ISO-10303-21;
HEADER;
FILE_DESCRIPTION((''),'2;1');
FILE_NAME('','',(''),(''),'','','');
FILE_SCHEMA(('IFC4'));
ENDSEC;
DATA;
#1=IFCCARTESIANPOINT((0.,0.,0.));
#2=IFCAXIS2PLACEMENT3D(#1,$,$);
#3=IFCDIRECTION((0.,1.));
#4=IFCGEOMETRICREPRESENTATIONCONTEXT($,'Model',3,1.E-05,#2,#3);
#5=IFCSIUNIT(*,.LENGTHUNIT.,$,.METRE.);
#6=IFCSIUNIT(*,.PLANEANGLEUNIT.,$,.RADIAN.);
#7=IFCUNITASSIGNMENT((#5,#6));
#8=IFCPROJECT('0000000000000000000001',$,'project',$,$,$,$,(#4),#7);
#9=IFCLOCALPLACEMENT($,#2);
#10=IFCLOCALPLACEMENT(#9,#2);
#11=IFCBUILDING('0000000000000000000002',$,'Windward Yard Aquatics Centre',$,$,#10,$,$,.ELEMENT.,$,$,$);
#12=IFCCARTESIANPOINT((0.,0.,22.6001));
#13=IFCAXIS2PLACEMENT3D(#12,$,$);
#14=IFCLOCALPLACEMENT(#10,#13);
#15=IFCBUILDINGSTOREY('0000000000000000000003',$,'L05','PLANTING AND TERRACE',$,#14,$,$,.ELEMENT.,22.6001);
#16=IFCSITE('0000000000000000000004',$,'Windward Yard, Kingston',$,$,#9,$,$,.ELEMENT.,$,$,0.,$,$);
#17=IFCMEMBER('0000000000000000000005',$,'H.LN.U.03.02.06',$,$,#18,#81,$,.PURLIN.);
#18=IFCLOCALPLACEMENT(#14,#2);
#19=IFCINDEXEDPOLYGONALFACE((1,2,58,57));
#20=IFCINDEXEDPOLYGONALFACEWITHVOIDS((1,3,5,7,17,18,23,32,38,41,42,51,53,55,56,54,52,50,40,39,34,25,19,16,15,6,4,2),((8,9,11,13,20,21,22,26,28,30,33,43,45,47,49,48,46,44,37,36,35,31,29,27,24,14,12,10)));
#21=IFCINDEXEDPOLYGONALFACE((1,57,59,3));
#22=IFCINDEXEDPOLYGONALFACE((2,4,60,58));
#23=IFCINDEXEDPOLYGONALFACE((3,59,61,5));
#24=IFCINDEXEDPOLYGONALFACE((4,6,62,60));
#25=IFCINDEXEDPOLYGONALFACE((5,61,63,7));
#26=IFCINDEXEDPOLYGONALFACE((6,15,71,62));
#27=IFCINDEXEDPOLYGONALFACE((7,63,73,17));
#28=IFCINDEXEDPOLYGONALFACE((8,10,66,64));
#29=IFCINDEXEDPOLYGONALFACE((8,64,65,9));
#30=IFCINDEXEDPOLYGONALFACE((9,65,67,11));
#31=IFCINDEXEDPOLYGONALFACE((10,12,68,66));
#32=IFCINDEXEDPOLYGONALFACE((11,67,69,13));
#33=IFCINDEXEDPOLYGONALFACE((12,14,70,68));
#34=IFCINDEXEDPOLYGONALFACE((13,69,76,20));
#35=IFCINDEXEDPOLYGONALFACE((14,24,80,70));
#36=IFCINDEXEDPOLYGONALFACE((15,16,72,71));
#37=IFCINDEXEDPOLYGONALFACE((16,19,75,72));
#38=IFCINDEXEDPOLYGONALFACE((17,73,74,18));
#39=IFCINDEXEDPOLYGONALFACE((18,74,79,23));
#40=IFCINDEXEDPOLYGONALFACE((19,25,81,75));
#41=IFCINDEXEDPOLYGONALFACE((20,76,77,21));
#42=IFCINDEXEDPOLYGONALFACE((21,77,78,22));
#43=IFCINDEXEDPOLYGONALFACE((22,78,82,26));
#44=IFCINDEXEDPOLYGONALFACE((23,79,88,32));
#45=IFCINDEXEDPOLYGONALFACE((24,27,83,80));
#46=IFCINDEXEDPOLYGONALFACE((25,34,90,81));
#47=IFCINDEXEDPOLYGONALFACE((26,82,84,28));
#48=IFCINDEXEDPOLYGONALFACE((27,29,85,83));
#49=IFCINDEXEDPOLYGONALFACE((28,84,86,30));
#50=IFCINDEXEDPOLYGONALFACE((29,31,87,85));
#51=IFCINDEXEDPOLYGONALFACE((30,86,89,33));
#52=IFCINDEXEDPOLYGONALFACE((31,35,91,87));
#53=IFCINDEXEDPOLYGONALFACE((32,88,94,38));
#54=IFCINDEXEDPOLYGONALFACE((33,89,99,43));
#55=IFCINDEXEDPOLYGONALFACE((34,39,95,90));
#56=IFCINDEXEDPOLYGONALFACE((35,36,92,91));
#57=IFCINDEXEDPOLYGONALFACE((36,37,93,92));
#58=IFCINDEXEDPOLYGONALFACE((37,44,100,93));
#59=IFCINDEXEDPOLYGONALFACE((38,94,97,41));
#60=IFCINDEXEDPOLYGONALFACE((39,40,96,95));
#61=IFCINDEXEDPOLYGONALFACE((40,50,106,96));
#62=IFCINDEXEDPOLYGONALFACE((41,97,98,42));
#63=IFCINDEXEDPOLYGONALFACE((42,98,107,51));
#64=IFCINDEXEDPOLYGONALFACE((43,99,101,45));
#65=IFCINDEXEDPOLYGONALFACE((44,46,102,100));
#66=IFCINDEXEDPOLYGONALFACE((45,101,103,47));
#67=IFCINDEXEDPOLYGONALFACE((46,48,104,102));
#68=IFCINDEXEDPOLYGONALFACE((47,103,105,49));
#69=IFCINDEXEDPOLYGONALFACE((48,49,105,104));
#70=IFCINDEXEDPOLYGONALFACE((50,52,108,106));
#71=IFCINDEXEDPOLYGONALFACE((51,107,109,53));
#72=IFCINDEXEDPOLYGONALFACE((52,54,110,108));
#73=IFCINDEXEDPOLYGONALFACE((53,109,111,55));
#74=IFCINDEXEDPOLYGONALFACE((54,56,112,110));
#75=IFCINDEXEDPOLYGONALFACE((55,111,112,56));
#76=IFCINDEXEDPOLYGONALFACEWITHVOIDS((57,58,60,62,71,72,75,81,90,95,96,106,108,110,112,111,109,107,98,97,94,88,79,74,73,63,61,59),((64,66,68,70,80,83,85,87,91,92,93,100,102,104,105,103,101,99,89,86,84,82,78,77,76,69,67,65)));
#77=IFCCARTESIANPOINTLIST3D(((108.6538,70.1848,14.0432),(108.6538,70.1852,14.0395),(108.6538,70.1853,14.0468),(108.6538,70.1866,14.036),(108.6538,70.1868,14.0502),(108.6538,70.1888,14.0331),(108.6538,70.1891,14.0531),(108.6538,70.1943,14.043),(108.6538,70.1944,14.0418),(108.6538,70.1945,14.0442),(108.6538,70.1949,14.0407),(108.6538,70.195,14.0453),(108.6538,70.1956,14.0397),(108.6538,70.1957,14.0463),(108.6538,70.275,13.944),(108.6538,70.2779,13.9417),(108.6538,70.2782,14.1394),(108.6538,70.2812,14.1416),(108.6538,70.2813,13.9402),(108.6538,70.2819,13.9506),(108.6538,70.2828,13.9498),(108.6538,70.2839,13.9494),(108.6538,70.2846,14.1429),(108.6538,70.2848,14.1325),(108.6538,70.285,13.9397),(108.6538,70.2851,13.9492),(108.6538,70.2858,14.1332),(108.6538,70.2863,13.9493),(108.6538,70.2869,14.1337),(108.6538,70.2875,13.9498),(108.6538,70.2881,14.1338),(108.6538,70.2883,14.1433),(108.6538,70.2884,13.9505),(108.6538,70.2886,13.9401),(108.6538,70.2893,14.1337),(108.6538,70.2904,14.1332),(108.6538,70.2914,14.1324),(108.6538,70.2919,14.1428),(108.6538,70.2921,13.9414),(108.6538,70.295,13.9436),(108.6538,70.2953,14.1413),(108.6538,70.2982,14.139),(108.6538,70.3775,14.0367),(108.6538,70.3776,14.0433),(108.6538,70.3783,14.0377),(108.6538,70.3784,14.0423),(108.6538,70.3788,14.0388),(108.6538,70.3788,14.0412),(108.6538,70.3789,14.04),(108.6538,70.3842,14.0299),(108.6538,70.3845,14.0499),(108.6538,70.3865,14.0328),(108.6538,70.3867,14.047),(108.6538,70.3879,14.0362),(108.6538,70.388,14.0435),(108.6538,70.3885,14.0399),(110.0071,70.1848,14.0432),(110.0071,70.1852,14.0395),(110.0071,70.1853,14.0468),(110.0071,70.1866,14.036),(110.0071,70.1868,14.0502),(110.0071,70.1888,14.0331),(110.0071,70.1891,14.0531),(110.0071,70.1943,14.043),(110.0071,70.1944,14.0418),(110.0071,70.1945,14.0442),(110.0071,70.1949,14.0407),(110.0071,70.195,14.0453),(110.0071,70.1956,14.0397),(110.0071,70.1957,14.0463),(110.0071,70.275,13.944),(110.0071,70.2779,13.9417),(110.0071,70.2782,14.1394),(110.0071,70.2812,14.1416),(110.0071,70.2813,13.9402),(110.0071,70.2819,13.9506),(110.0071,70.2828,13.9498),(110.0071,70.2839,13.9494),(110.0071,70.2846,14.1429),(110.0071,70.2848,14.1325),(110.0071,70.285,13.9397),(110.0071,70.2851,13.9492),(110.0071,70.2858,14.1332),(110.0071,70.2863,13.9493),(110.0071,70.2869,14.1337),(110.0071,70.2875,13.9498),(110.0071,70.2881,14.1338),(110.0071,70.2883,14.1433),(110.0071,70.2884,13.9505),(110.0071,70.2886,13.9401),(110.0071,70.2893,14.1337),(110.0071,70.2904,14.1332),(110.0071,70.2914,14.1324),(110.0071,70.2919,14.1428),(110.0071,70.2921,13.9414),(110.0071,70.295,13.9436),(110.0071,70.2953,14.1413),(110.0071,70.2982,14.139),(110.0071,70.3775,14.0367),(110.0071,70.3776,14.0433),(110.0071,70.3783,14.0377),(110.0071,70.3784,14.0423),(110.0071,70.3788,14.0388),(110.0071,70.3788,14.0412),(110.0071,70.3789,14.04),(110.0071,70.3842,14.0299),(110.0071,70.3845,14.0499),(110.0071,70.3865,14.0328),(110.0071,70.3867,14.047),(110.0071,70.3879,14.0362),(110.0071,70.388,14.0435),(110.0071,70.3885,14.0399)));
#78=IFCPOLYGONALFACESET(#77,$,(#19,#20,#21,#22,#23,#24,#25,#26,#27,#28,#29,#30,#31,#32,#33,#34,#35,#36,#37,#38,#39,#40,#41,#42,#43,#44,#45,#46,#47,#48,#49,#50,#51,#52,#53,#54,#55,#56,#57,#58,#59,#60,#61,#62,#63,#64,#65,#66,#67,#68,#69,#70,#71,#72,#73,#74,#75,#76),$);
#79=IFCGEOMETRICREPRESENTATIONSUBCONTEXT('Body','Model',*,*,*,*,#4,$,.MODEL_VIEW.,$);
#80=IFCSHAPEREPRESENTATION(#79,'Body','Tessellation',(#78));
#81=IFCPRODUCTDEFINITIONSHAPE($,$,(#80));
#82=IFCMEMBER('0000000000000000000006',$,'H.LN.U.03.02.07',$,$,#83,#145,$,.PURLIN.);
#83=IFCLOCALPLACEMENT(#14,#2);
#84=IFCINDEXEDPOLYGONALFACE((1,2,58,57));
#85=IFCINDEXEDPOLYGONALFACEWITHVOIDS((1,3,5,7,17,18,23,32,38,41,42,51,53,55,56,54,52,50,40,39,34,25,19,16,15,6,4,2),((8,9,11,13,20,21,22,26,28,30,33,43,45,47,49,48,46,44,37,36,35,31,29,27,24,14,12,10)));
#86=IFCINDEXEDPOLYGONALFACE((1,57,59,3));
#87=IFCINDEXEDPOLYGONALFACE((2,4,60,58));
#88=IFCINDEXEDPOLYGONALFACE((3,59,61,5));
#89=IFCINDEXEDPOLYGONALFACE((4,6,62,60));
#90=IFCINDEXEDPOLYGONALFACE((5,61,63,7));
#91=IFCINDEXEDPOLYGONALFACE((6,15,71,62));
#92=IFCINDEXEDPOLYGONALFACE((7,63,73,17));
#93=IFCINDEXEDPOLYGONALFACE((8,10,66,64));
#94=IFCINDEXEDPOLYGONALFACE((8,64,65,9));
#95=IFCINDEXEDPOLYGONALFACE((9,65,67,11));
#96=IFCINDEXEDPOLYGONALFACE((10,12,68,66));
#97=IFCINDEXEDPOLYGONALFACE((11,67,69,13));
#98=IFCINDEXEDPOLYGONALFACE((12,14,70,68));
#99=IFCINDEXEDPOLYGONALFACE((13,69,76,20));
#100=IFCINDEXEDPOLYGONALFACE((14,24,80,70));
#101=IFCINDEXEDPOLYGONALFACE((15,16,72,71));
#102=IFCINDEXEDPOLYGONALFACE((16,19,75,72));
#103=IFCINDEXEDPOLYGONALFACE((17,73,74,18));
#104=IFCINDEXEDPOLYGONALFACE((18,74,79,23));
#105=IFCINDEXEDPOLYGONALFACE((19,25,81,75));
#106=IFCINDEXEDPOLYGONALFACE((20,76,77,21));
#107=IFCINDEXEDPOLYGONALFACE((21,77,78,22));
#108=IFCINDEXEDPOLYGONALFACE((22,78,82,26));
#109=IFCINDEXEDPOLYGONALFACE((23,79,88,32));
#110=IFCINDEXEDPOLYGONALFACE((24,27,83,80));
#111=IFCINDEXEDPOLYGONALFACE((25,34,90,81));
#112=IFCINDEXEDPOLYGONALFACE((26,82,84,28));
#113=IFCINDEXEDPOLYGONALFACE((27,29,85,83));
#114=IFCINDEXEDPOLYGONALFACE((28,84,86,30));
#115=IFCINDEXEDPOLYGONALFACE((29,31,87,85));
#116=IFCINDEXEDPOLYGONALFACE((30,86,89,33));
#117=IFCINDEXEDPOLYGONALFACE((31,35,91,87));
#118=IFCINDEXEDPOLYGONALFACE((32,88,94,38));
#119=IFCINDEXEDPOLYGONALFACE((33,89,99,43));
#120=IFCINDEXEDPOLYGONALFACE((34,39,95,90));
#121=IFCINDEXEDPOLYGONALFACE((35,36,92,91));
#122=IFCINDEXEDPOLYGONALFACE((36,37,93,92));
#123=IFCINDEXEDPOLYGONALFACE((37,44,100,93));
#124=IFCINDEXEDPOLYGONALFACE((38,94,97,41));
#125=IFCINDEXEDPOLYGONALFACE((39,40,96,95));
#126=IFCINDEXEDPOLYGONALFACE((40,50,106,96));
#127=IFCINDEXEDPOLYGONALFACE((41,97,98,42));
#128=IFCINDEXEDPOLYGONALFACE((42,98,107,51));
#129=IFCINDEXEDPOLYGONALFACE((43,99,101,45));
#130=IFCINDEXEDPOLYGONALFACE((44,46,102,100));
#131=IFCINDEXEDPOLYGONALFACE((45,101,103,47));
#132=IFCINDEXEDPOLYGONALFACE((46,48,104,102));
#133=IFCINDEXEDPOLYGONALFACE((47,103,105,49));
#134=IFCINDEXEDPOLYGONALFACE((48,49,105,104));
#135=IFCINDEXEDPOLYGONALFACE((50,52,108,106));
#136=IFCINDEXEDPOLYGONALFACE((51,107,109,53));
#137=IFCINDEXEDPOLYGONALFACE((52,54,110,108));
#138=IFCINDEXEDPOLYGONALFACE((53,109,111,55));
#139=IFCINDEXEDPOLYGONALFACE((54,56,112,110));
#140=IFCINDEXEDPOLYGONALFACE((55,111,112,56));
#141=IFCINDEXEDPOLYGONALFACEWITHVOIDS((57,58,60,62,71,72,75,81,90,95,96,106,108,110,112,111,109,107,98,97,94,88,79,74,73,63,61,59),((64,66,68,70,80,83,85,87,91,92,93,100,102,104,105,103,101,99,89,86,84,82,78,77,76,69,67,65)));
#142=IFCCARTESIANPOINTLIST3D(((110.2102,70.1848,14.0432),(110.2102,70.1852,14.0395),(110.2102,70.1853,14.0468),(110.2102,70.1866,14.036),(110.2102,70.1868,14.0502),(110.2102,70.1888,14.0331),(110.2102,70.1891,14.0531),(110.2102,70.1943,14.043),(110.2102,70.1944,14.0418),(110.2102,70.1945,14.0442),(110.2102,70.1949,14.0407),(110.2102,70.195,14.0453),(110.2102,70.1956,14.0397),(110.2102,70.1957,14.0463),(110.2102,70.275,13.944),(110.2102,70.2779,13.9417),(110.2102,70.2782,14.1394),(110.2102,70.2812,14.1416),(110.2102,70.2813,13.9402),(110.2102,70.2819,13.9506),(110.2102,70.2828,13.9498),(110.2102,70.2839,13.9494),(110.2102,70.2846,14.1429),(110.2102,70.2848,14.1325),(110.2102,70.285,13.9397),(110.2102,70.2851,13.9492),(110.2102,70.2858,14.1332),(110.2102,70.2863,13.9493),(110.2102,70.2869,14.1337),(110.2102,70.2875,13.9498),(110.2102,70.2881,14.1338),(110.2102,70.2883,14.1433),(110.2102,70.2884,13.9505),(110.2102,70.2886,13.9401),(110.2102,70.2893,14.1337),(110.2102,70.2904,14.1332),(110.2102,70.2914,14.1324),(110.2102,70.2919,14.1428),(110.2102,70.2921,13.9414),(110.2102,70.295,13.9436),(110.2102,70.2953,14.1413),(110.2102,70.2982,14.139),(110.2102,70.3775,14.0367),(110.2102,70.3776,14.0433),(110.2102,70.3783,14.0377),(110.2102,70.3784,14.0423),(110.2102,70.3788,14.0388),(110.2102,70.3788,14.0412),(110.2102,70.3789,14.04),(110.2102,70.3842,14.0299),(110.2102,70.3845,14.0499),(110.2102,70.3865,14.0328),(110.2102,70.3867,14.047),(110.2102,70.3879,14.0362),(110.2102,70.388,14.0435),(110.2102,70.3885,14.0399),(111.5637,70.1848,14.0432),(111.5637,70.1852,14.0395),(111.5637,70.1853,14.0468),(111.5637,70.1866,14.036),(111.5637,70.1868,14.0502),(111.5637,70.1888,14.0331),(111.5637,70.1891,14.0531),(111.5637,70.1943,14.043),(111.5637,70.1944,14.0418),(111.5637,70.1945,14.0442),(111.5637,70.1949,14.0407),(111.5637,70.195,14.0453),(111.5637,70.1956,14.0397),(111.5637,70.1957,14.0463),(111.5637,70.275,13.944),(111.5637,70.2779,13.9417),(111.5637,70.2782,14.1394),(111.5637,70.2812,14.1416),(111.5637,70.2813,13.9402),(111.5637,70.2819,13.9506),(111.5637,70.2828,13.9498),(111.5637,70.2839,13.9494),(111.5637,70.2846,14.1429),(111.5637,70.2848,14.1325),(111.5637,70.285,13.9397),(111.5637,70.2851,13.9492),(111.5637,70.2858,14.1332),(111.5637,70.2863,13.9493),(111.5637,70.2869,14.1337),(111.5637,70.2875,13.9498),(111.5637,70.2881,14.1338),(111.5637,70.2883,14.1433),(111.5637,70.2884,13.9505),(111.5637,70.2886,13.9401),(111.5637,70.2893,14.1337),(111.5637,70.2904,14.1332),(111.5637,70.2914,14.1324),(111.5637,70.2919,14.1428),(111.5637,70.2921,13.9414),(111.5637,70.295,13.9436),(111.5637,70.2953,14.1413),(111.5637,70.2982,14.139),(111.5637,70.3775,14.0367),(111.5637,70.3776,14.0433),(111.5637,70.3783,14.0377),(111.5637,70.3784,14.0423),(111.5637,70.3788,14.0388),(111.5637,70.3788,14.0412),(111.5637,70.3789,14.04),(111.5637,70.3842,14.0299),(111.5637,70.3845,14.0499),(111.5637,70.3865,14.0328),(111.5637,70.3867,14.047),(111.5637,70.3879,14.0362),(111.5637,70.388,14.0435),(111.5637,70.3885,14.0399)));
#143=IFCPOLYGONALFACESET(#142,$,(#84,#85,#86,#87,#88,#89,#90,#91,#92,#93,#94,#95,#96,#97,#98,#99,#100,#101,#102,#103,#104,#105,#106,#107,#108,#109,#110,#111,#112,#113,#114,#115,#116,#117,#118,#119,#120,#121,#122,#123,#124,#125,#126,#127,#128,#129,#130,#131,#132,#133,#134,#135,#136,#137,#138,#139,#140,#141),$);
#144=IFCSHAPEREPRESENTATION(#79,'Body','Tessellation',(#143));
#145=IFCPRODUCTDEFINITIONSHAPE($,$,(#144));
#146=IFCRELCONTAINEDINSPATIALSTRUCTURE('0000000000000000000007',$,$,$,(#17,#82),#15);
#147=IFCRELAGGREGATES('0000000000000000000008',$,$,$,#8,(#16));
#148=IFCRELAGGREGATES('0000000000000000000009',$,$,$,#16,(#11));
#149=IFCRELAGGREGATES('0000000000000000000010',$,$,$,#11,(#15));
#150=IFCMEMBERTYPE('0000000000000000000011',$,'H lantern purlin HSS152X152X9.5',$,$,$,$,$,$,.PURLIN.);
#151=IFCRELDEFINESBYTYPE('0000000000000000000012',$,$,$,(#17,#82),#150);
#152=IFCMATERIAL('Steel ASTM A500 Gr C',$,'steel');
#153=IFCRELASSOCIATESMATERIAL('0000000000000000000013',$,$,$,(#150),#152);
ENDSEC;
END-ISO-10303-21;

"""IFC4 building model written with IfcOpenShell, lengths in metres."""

from ifc_helpers import new_model, si_unit, direction, frame, origin, origin_2d, place, context, subcontext, project, spatial, hollow_rectangle, extrude, material, material_profile, profile_set, type_object, element, save


model = new_model("IFC4")

# Units and contexts
model_context = context("Model", 3, precision=1e-05, world=origin(), true_north=direction((0.0, 1.0)))
body_context = subcontext(model_context, "Body", "Model", "MODEL_VIEW")
ifc_project = project(units=[si_unit("LENGTHUNIT", "METRE"), si_unit("PLANEANGLEUNIT", "RADIAN")], contexts=[model_context])

# Site, building, storey
site_placement = place(None, origin())
site = spatial("IfcSite", under=ifc_project, at=site_placement, Name="Windward Yard, Kingston", CompositionType="ELEMENT", RefElevation=0.0)
building_placement = place(site_placement, origin())
building = spatial("IfcBuilding", under=site, at=building_placement, Name="Windward Yard Aquatics Centre", CompositionType="ELEMENT")
storey_placement = place(building_placement, frame((0.0, 0.0, 22.6001)))
storey = spatial("IfcBuildingStorey", under=building, at=storey_placement, Name="L05", Description="PLANTING AND TERRACE", CompositionType="ELEMENT", Elevation=22.6001)

# Members
ifc_material_1 = material(Name="Steel ASTM A500 Gr C", Category="steel")
ifc_material_profile_1 = material_profile(ifc_material_1, hollow_rectangle(XDim=0.1523, YDim=0.1523, WallThickness=0.0095, InnerFilletRadius=0.0046, OuterFilletRadius=0.0142, at=origin_2d()), Name="HSS152X152X9.5")
ifc_profile_set_1 = profile_set([ifc_material_profile_1], Name="Steel ASTM A500 Gr C")
member_type_1 = type_object("IfcMemberType", Name="H lantern purlin HSS152X152X9.5", PredefinedType="PURLIN", material=ifc_profile_set_1)
member_1_placement = place(storey_placement, frame((108.6538, 70.2866, 14.0415), z_axis=(1.0, 0.0, 0.0), x_axis=(0.0, 0.69555, -0.718477)))
element("IfcMember", 1, at=member_1_placement, inside=storey, type_object=member_type_1, Name="H.LN.U.03.02.06", PredefinedType="PURLIN", context=body_context, shape_type="SweptSolid", body=[
    extrude(hollow_rectangle(XDim=0.1523, YDim=0.1523, WallThickness=0.0095, InnerFilletRadius=0.0046, OuterFilletRadius=0.0142, at=origin_2d()), origin(), (0.0, 0.0, 1.0), 1.3533),
])
member_2_placement = place(storey_placement, frame((110.2102, 70.2866, 14.0415), z_axis=(1.0, 0.0, 0.0), x_axis=(0.0, 0.69555, -0.718477)))
element("IfcMember", 2, at=member_2_placement, inside=storey, type_object=member_type_1, Name="H.LN.U.03.02.07", PredefinedType="PURLIN", context=body_context, shape_type="SweptSolid", body=[
    extrude(hollow_rectangle(XDim=0.1523, YDim=0.1523, WallThickness=0.0095, InnerFilletRadius=0.0046, OuterFilletRadius=0.0142, at=origin_2d()), origin(), (0.0, 0.0, 1.0), 1.3535),
])

save(model, "model.ifc")
